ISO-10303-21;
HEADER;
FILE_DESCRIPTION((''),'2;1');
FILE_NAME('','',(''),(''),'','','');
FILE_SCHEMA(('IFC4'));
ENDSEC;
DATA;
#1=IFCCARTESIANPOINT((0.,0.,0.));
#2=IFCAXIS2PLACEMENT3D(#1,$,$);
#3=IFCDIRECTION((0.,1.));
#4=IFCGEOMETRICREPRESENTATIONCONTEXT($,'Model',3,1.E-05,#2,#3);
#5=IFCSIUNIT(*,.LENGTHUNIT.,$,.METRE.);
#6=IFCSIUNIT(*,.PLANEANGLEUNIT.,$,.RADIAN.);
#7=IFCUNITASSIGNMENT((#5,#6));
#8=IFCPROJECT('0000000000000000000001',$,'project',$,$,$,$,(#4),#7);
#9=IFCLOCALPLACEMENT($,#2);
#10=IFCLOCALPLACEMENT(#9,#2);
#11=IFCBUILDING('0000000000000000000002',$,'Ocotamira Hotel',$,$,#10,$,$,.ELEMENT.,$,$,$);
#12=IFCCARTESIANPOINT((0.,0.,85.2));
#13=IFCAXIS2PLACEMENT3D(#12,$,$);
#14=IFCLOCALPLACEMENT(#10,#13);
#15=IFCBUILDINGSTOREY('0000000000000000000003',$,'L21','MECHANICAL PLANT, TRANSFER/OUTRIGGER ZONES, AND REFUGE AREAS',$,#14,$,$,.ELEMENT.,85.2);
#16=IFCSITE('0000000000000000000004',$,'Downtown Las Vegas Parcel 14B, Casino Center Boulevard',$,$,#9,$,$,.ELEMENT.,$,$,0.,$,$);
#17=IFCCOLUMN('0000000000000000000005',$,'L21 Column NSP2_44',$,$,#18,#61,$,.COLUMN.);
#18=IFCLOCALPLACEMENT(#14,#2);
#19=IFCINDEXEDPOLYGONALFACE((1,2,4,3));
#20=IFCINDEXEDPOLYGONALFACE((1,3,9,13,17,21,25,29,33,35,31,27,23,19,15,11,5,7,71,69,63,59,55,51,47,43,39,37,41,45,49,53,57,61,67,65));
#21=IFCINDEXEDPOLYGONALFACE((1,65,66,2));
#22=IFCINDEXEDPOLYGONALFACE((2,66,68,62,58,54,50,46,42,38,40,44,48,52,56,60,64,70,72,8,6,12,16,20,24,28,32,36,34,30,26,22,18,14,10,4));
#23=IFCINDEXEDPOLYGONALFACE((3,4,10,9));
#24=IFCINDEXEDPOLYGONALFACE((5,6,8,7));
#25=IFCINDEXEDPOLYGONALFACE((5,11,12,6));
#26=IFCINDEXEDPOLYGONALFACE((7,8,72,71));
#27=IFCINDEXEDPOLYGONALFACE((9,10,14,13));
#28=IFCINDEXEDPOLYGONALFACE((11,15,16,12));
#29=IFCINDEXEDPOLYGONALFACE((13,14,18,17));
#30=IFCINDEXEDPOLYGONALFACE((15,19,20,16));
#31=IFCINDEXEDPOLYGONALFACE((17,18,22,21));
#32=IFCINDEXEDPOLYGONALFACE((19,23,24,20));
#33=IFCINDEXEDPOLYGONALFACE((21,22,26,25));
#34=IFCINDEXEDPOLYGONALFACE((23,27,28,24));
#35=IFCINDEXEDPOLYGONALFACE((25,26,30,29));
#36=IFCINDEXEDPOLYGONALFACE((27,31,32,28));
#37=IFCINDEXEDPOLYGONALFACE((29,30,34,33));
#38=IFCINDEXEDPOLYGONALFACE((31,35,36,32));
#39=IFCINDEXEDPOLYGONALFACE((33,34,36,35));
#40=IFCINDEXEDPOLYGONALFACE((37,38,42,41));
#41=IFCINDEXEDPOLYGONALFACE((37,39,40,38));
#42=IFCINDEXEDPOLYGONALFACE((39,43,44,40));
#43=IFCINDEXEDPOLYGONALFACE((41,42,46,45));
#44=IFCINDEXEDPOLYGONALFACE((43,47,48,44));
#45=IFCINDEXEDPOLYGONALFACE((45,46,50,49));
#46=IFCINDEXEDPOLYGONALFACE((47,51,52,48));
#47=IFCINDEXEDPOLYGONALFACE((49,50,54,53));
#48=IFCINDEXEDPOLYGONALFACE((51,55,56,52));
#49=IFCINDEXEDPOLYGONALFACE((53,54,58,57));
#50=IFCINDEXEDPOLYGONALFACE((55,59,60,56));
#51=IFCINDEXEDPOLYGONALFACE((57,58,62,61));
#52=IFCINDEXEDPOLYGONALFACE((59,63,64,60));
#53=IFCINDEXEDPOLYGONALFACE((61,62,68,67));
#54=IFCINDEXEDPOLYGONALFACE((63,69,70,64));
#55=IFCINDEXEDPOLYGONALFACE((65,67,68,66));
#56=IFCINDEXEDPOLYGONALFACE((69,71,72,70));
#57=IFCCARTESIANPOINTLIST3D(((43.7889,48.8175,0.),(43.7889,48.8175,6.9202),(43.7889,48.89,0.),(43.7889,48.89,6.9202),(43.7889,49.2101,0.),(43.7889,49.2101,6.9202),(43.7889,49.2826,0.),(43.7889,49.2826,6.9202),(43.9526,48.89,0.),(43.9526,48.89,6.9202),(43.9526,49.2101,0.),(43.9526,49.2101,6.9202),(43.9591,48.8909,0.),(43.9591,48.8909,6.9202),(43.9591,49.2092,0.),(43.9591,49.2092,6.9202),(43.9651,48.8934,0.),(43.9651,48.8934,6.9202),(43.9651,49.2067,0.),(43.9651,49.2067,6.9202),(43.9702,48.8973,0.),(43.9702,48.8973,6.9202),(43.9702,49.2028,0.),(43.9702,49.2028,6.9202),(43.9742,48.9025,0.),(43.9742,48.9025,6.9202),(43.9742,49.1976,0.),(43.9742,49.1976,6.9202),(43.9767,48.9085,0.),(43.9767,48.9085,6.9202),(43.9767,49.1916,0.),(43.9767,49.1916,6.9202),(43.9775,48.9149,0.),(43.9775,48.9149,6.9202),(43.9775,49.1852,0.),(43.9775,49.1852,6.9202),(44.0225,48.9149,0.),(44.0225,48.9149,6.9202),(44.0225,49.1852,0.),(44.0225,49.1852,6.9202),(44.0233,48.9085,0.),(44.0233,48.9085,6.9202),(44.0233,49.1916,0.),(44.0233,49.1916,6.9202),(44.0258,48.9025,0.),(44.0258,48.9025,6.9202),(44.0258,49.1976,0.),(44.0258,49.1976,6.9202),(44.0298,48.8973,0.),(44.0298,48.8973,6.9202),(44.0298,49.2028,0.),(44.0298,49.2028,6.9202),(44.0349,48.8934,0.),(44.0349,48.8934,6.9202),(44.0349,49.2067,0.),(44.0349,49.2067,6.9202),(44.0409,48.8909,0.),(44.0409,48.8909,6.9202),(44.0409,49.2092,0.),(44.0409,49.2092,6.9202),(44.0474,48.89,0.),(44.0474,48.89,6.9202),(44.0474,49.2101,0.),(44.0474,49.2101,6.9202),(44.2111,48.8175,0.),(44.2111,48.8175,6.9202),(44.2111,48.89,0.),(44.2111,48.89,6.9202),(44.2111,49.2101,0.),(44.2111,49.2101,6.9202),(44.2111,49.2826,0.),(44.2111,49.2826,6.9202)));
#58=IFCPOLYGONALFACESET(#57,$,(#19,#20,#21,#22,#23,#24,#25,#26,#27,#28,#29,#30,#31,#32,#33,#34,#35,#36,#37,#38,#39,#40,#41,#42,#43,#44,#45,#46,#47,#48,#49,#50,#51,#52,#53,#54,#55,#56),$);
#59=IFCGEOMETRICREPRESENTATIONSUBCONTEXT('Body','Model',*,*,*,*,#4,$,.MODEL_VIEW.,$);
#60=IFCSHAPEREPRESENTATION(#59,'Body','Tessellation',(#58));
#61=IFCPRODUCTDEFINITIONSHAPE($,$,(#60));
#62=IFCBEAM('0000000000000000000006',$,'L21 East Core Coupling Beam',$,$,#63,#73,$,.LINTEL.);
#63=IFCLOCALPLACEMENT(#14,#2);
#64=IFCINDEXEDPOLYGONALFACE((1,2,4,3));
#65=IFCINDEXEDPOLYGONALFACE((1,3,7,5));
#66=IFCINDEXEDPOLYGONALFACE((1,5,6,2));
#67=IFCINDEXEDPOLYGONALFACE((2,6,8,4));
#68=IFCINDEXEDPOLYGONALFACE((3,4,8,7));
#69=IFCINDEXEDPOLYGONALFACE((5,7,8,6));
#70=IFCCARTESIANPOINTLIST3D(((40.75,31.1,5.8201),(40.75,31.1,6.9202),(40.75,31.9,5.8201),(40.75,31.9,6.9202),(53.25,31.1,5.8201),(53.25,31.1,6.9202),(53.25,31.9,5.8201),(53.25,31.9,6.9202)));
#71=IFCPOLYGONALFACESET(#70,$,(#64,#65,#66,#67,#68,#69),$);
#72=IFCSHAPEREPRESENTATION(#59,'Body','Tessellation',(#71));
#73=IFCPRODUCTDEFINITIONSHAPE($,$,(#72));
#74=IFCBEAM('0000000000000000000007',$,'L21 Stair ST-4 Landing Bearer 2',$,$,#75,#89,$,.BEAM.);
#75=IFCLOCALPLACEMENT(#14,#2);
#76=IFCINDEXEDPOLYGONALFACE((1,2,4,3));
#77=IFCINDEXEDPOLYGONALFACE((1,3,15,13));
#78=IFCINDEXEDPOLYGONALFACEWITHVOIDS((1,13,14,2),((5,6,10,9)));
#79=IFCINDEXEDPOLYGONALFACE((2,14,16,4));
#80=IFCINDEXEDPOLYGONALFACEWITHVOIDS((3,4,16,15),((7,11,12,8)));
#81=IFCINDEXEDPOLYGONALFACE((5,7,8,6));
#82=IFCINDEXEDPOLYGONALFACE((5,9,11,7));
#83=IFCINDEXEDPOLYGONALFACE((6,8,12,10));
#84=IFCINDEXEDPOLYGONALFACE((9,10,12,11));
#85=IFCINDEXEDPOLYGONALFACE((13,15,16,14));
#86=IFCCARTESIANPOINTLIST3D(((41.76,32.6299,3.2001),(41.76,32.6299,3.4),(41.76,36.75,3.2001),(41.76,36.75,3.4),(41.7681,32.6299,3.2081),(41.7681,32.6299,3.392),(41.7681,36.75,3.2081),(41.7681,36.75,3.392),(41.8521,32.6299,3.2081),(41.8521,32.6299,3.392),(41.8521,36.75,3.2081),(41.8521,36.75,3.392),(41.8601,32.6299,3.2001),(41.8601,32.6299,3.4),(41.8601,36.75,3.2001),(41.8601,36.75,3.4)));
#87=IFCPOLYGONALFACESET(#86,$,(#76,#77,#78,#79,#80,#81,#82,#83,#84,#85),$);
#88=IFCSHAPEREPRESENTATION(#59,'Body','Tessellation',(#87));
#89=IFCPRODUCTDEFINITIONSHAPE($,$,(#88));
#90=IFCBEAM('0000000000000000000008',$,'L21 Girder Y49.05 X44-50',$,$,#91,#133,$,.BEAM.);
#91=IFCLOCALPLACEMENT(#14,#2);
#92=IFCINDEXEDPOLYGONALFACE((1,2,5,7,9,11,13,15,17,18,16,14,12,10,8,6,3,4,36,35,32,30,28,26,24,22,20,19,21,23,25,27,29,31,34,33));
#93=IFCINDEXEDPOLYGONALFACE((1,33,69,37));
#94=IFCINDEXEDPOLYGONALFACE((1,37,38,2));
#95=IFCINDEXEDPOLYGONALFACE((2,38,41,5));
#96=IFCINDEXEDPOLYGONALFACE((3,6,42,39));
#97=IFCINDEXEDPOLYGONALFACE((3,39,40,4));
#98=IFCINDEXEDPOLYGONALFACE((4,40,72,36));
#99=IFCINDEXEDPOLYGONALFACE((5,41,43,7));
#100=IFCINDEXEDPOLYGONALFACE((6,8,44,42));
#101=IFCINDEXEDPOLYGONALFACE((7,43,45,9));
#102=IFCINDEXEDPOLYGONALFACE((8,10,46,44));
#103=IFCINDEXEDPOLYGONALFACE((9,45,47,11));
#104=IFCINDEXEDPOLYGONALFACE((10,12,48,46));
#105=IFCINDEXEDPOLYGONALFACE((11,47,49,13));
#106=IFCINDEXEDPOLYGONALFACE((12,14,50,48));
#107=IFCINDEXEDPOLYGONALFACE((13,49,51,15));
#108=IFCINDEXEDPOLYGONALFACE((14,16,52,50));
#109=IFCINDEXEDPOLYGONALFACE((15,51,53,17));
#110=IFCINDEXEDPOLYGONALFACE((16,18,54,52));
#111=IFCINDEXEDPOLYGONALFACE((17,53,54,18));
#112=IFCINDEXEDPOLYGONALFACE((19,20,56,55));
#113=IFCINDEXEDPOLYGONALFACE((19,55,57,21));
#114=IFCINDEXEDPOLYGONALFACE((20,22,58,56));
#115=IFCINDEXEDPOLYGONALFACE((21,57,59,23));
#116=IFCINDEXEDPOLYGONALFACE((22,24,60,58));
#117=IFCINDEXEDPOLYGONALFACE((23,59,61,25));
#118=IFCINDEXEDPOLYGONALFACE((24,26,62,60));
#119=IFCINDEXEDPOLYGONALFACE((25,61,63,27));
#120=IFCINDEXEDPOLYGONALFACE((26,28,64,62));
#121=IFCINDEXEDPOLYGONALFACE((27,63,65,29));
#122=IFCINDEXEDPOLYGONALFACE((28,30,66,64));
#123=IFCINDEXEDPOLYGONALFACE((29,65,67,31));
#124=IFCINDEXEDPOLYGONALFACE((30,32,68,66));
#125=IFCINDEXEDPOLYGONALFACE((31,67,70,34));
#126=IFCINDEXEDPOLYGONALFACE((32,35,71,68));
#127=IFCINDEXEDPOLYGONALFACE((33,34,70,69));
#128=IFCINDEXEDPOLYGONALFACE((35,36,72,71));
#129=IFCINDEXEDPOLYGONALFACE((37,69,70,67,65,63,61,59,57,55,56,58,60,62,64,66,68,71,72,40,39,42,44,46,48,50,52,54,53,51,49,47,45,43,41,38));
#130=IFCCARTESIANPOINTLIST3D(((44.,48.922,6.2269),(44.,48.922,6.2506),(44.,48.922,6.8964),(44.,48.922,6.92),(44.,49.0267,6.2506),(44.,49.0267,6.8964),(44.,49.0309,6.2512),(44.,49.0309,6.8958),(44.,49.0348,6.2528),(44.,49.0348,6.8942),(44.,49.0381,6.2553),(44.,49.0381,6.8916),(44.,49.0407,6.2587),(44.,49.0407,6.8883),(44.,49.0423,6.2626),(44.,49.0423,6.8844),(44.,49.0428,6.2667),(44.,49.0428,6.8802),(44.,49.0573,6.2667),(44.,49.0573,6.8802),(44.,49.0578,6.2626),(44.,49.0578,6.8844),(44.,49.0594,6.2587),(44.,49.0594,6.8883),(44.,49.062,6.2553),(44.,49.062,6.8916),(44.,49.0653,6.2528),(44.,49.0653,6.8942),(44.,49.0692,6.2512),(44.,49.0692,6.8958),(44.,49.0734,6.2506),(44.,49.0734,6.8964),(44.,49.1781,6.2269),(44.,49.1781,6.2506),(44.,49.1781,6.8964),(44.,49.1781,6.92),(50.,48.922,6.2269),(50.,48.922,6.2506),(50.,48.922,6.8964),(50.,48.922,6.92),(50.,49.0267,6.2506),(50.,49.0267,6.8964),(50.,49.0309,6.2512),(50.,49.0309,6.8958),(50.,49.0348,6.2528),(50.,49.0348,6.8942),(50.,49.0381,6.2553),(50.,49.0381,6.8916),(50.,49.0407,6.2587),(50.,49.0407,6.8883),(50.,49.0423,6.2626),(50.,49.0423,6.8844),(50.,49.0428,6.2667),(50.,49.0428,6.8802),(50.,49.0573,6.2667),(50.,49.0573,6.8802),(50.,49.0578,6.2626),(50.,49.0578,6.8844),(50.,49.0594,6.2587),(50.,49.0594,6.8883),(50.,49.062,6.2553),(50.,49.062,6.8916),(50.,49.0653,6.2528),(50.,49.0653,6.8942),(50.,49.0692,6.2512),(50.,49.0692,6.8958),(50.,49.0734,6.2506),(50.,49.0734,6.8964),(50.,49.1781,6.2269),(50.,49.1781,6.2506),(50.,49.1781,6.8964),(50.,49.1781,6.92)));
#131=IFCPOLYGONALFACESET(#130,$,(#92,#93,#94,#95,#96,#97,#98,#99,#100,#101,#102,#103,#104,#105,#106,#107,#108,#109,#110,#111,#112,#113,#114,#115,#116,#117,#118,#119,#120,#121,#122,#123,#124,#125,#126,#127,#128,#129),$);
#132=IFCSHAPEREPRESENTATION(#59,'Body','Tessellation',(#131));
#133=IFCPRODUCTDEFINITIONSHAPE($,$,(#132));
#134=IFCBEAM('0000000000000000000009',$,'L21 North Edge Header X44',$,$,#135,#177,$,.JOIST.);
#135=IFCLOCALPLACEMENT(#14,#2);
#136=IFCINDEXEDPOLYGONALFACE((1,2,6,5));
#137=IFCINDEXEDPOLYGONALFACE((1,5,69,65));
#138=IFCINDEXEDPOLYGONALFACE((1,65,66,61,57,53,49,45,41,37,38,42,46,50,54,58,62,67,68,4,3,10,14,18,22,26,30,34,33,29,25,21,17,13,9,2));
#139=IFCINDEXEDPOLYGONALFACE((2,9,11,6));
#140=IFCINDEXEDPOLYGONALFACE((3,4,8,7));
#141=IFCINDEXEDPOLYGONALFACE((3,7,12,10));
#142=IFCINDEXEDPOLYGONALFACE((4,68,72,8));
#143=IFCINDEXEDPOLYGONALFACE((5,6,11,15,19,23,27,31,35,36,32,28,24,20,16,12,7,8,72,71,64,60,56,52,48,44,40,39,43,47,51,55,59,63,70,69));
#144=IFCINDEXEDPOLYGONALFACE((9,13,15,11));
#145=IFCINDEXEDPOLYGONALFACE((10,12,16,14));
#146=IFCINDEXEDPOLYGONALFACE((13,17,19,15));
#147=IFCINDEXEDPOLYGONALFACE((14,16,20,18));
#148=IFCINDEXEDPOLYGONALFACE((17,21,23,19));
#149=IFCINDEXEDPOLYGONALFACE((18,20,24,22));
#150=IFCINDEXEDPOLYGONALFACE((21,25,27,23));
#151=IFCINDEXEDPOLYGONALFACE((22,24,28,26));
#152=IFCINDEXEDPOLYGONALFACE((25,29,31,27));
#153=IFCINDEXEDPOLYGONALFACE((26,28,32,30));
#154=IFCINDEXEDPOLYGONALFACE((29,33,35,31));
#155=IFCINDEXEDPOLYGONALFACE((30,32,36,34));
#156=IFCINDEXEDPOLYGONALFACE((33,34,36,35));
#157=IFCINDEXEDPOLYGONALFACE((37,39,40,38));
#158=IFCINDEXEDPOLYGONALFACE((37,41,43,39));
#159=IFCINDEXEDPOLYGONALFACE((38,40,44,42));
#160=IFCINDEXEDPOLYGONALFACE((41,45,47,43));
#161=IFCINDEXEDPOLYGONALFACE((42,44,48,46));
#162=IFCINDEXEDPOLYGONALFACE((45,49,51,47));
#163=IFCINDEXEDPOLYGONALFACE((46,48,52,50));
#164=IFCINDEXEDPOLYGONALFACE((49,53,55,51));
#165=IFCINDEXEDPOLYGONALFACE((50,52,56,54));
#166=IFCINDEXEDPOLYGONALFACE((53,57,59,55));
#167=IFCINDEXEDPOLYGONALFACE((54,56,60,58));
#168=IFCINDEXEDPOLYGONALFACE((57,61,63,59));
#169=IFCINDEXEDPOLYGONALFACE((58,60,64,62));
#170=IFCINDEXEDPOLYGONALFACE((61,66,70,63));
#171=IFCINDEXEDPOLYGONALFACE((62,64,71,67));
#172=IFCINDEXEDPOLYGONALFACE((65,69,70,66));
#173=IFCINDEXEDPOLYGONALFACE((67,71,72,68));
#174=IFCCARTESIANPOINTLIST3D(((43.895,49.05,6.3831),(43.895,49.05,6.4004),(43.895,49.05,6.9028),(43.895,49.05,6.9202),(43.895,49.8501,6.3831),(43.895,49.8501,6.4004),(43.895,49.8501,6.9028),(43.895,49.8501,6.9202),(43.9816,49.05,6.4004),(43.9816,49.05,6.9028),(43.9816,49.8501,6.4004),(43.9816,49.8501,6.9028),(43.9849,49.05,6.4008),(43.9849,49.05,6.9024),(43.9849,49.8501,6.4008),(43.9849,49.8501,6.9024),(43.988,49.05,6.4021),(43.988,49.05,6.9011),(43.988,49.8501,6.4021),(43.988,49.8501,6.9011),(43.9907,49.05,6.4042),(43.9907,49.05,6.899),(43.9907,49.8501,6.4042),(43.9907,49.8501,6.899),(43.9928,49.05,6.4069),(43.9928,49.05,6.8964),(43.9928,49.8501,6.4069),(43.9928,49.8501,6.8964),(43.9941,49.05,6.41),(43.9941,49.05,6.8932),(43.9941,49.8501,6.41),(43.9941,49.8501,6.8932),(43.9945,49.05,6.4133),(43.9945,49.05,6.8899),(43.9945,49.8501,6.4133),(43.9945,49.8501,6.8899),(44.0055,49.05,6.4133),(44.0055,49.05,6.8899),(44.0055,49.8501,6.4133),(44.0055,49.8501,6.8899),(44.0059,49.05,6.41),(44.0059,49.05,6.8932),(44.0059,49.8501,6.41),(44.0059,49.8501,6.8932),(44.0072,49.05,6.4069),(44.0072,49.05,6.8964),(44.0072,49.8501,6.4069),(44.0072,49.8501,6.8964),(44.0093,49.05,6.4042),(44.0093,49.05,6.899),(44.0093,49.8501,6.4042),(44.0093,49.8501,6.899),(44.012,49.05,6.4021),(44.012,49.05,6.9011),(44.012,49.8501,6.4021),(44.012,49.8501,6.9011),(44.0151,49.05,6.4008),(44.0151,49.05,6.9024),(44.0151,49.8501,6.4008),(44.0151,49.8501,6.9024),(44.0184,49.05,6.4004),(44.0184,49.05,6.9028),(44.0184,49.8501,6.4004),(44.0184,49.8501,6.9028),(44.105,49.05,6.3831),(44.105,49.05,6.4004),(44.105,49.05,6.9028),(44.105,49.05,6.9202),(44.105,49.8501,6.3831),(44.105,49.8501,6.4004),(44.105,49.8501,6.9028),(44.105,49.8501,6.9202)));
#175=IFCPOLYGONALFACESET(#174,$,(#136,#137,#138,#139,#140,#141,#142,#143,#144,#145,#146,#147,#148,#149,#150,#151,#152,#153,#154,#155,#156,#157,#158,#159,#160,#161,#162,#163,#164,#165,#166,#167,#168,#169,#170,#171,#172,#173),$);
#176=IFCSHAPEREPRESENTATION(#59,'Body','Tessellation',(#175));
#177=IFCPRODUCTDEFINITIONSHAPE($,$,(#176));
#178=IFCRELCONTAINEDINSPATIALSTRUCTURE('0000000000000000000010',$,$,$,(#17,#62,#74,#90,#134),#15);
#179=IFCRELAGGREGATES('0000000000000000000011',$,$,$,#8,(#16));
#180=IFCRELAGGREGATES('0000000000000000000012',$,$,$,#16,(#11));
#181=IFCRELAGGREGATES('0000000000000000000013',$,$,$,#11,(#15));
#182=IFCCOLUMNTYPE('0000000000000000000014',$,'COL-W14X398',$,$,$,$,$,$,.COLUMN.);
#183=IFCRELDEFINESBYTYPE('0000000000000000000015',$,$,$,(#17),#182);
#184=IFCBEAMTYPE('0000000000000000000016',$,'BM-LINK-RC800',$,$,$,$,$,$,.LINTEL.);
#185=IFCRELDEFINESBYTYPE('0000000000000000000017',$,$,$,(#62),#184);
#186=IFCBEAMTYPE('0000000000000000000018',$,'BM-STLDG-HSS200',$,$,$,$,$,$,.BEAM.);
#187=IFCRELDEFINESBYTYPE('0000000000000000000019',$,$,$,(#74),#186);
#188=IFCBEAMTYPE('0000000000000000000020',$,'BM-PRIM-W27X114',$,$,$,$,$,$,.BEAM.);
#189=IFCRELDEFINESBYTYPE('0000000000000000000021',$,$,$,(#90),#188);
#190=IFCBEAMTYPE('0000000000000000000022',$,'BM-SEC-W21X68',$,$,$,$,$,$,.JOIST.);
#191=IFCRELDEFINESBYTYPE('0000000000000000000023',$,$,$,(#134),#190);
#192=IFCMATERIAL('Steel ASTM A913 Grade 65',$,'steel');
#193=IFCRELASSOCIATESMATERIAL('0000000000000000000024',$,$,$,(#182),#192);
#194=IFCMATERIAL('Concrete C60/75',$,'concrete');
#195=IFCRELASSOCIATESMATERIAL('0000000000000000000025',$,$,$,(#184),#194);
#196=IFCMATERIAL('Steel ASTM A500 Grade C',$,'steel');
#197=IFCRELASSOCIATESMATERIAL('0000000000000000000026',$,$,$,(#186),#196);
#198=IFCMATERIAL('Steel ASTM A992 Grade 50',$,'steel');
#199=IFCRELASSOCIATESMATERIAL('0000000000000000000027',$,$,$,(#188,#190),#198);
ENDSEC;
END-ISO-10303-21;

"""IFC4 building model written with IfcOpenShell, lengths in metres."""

from ifc_helpers import new_model, si_unit, direction, frame, origin, origin_2d, place, context, subcontext, project, spatial, rectangle, hollow_rectangle, i_section, extrude, source, transform, mapped, material, material_profile, profile_set, type_object, element, save


model = new_model("IFC4")

# Units and contexts
model_context = context("Model", 3, precision=1e-05, world=origin(), true_north=direction((0.0, 1.0)))
body_context = subcontext(model_context, "Body", "Model", "MODEL_VIEW")
ifc_project = project(units=[si_unit("LENGTHUNIT", "METRE"), si_unit("PLANEANGLEUNIT", "RADIAN")], contexts=[model_context])

# Site, building, storey
site_placement = place(None, origin())
site = spatial("IfcSite", under=ifc_project, at=site_placement, Name="Downtown Las Vegas Parcel 14B, Casino Center Boulevard", CompositionType="ELEMENT", RefElevation=0.0)
building_placement = place(site_placement, origin())
building = spatial("IfcBuilding", under=site, at=building_placement, Name="Ocotamira Hotel", CompositionType="ELEMENT")
storey_placement = place(building_placement, frame((0.0, 0.0, 85.2)))
storey = spatial("IfcBuildingStorey", under=building, at=storey_placement, Name="L21", Description="MECHANICAL PLANT, TRANSFER/OUTRIGGER ZONES, AND REFUGE AREAS", CompositionType="ELEMENT", Elevation=85.2)

# Column
ifc_material_1 = material(Name="Steel ASTM A913 Grade 65", Category="steel")
ifc_material_profile_1 = material_profile(ifc_material_1, i_section(OverallWidth=0.4221, OverallDepth=0.4651, WebThickness=0.0449, FlangeThickness=0.0725, FilletRadius=0.0249, at=origin_2d()), Name="W14X398")
ifc_profile_set_1 = profile_set([ifc_material_profile_1], Name="Steel ASTM A913 Grade 65")
column_type = type_object("IfcColumnType", Name="COL-W14X398", PredefinedType="COLUMN", material=ifc_profile_set_1)
shared_shape_1 = source(origin(), body_context, "Body", "SweptSolid", [
    extrude(i_section(OverallWidth=0.4221, OverallDepth=0.4651, WebThickness=0.0449, FlangeThickness=0.0725, FilletRadius=0.0249, at=origin_2d()), origin(), (0.0, 0.0, 1.0), 6.9202),
])
column_placement = place(storey_placement, frame((44.0, 49.05, 0.0), z_axis=(0.0, 0.0, 1.0), x_axis=(1.0, 0.0, 0.0)))
element("IfcColumn", 1, at=column_placement, inside=storey, type_object=column_type, Name="L21 Column NSP2_44", PredefinedType="COLUMN", context=body_context, shape_type="MappedRepresentation", body=[
    mapped(shared_shape_1, transform((0.0, 0.0, 0.0), scale=1.0)),
])

# Beams
ifc_material_2 = material(Name="Concrete C60/75", Category="concrete")
ifc_material_profile_2 = material_profile(ifc_material_2, rectangle(XDim=0.8, YDim=1.1001, at=origin_2d()), Name="RC800X1100")
ifc_profile_set_2 = profile_set([ifc_material_profile_2], Name="Concrete C60/75")
beam_type_1 = type_object("IfcBeamType", Name="BM-LINK-RC800", PredefinedType="LINTEL", material=ifc_profile_set_2)
shared_shape_2 = source(origin(), body_context, "Body", "SweptSolid", [
    extrude(rectangle(XDim=0.8, YDim=1.1001, at=origin_2d()), origin(), (0.0, 0.0, 1.0), 12.5),
])
beam_1_placement = place(storey_placement, frame((40.75, 31.5, 6.3701), z_axis=(1.0, 0.0, 0.0), x_axis=(0.0, 1.0, 0.0)))
element("IfcBeam", 2, at=beam_1_placement, inside=storey, type_object=beam_type_1, Name="L21 East Core Coupling Beam", PredefinedType="LINTEL", context=body_context, shape_type="MappedRepresentation", body=[
    mapped(shared_shape_2, transform((0.0, 0.0, 0.0), scale=1.0)),
])
ifc_material_3 = material(Name="Steel ASTM A500 Grade C", Category="steel")
ifc_material_profile_3 = material_profile(ifc_material_3, hollow_rectangle(XDim=0.1001, YDim=0.2, WallThickness=0.0081, at=origin_2d()), Name="HSS200X100X8")
ifc_profile_set_3 = profile_set([ifc_material_profile_3], Name="Steel ASTM A500 Grade C")
beam_type_2 = type_object("IfcBeamType", Name="BM-STLDG-HSS200", PredefinedType="BEAM", material=ifc_profile_set_3)
shared_shape_3 = source(origin(), body_context, "Body", "SweptSolid", [
    extrude(hollow_rectangle(XDim=0.1001, YDim=0.2, WallThickness=0.0081, at=origin_2d()), origin(), (0.0, 0.0, 1.0), 4.1201),
])
beam_2_placement = place(storey_placement, frame((41.8101, 32.6299, 3.3), z_axis=(0.0, 1.0, 0.0), x_axis=(-1.0, 0.0, 0.0)))
element("IfcBeam", 3, at=beam_2_placement, inside=storey, type_object=beam_type_2, Name="L21 Stair ST-4 Landing Bearer 2", PredefinedType="BEAM", context=body_context, shape_type="MappedRepresentation", body=[
    mapped(shared_shape_3, transform((0.0, 0.0, 0.0), scale=1.0)),
])
ifc_material_4 = material(Name="Steel ASTM A992 Grade 50", Category="steel")
ifc_material_profile_4 = material_profile(ifc_material_4, i_section(OverallWidth=0.2561, OverallDepth=0.6931, WebThickness=0.0144, FlangeThickness=0.0237, FilletRadius=0.0161, at=origin_2d()), Name="W27X114")
ifc_profile_set_4 = profile_set([ifc_material_profile_4], Name="Steel ASTM A992 Grade 50")
beam_type_3 = type_object("IfcBeamType", Name="BM-PRIM-W27X114", PredefinedType="BEAM", material=ifc_profile_set_4)
shared_shape_4 = source(origin(), body_context, "Body", "SweptSolid", [
    extrude(i_section(OverallWidth=0.2561, OverallDepth=0.6931, WebThickness=0.0144, FlangeThickness=0.0237, FilletRadius=0.0161, at=origin_2d()), origin(), (0.0, 0.0, 1.0), 6.0),
])
beam_3_placement = place(storey_placement, frame((44.0, 49.05, 6.5735), z_axis=(1.0, 0.0, 0.0), x_axis=(0.0, 1.0, 0.0)))
element("IfcBeam", 4, at=beam_3_placement, inside=storey, type_object=beam_type_3, Name="L21 Girder Y49.05 X44-50", PredefinedType="BEAM", context=body_context, shape_type="MappedRepresentation", body=[
    mapped(shared_shape_4, transform((0.0, 0.0, 0.0), scale=1.0)),
])
ifc_material_profile_5 = material_profile(ifc_material_4, i_section(OverallWidth=0.21, OverallDepth=0.5371, WebThickness=0.011, FlangeThickness=0.0173, FilletRadius=0.0129, at=origin_2d()), Name="W21X68")
ifc_profile_set_5 = profile_set([ifc_material_profile_5], Name="Steel ASTM A992 Grade 50")
beam_type_4 = type_object("IfcBeamType", Name="BM-SEC-W21X68", PredefinedType="JOIST", material=ifc_profile_set_5)
shared_shape_5 = source(origin(), body_context, "Body", "SweptSolid", [
    extrude(i_section(OverallWidth=0.21, OverallDepth=0.5371, WebThickness=0.011, FlangeThickness=0.0173, FilletRadius=0.0129, at=origin_2d()), origin(), (0.0, 0.0, 1.0), 0.8),
])
beam_4_placement = place(storey_placement, frame((44.0, 49.05, 6.6516), z_axis=(0.0, 1.0, 0.0), x_axis=(-1.0, 0.0, 0.0)))
element("IfcBeam", 5, at=beam_4_placement, inside=storey, type_object=beam_type_4, Name="L21 North Edge Header X44", PredefinedType="JOIST", context=body_context, shape_type="MappedRepresentation", body=[
    mapped(shared_shape_5, transform((0.0, 0.0, 0.0), scale=1.0)),
])

save(model, "model.ifc")
